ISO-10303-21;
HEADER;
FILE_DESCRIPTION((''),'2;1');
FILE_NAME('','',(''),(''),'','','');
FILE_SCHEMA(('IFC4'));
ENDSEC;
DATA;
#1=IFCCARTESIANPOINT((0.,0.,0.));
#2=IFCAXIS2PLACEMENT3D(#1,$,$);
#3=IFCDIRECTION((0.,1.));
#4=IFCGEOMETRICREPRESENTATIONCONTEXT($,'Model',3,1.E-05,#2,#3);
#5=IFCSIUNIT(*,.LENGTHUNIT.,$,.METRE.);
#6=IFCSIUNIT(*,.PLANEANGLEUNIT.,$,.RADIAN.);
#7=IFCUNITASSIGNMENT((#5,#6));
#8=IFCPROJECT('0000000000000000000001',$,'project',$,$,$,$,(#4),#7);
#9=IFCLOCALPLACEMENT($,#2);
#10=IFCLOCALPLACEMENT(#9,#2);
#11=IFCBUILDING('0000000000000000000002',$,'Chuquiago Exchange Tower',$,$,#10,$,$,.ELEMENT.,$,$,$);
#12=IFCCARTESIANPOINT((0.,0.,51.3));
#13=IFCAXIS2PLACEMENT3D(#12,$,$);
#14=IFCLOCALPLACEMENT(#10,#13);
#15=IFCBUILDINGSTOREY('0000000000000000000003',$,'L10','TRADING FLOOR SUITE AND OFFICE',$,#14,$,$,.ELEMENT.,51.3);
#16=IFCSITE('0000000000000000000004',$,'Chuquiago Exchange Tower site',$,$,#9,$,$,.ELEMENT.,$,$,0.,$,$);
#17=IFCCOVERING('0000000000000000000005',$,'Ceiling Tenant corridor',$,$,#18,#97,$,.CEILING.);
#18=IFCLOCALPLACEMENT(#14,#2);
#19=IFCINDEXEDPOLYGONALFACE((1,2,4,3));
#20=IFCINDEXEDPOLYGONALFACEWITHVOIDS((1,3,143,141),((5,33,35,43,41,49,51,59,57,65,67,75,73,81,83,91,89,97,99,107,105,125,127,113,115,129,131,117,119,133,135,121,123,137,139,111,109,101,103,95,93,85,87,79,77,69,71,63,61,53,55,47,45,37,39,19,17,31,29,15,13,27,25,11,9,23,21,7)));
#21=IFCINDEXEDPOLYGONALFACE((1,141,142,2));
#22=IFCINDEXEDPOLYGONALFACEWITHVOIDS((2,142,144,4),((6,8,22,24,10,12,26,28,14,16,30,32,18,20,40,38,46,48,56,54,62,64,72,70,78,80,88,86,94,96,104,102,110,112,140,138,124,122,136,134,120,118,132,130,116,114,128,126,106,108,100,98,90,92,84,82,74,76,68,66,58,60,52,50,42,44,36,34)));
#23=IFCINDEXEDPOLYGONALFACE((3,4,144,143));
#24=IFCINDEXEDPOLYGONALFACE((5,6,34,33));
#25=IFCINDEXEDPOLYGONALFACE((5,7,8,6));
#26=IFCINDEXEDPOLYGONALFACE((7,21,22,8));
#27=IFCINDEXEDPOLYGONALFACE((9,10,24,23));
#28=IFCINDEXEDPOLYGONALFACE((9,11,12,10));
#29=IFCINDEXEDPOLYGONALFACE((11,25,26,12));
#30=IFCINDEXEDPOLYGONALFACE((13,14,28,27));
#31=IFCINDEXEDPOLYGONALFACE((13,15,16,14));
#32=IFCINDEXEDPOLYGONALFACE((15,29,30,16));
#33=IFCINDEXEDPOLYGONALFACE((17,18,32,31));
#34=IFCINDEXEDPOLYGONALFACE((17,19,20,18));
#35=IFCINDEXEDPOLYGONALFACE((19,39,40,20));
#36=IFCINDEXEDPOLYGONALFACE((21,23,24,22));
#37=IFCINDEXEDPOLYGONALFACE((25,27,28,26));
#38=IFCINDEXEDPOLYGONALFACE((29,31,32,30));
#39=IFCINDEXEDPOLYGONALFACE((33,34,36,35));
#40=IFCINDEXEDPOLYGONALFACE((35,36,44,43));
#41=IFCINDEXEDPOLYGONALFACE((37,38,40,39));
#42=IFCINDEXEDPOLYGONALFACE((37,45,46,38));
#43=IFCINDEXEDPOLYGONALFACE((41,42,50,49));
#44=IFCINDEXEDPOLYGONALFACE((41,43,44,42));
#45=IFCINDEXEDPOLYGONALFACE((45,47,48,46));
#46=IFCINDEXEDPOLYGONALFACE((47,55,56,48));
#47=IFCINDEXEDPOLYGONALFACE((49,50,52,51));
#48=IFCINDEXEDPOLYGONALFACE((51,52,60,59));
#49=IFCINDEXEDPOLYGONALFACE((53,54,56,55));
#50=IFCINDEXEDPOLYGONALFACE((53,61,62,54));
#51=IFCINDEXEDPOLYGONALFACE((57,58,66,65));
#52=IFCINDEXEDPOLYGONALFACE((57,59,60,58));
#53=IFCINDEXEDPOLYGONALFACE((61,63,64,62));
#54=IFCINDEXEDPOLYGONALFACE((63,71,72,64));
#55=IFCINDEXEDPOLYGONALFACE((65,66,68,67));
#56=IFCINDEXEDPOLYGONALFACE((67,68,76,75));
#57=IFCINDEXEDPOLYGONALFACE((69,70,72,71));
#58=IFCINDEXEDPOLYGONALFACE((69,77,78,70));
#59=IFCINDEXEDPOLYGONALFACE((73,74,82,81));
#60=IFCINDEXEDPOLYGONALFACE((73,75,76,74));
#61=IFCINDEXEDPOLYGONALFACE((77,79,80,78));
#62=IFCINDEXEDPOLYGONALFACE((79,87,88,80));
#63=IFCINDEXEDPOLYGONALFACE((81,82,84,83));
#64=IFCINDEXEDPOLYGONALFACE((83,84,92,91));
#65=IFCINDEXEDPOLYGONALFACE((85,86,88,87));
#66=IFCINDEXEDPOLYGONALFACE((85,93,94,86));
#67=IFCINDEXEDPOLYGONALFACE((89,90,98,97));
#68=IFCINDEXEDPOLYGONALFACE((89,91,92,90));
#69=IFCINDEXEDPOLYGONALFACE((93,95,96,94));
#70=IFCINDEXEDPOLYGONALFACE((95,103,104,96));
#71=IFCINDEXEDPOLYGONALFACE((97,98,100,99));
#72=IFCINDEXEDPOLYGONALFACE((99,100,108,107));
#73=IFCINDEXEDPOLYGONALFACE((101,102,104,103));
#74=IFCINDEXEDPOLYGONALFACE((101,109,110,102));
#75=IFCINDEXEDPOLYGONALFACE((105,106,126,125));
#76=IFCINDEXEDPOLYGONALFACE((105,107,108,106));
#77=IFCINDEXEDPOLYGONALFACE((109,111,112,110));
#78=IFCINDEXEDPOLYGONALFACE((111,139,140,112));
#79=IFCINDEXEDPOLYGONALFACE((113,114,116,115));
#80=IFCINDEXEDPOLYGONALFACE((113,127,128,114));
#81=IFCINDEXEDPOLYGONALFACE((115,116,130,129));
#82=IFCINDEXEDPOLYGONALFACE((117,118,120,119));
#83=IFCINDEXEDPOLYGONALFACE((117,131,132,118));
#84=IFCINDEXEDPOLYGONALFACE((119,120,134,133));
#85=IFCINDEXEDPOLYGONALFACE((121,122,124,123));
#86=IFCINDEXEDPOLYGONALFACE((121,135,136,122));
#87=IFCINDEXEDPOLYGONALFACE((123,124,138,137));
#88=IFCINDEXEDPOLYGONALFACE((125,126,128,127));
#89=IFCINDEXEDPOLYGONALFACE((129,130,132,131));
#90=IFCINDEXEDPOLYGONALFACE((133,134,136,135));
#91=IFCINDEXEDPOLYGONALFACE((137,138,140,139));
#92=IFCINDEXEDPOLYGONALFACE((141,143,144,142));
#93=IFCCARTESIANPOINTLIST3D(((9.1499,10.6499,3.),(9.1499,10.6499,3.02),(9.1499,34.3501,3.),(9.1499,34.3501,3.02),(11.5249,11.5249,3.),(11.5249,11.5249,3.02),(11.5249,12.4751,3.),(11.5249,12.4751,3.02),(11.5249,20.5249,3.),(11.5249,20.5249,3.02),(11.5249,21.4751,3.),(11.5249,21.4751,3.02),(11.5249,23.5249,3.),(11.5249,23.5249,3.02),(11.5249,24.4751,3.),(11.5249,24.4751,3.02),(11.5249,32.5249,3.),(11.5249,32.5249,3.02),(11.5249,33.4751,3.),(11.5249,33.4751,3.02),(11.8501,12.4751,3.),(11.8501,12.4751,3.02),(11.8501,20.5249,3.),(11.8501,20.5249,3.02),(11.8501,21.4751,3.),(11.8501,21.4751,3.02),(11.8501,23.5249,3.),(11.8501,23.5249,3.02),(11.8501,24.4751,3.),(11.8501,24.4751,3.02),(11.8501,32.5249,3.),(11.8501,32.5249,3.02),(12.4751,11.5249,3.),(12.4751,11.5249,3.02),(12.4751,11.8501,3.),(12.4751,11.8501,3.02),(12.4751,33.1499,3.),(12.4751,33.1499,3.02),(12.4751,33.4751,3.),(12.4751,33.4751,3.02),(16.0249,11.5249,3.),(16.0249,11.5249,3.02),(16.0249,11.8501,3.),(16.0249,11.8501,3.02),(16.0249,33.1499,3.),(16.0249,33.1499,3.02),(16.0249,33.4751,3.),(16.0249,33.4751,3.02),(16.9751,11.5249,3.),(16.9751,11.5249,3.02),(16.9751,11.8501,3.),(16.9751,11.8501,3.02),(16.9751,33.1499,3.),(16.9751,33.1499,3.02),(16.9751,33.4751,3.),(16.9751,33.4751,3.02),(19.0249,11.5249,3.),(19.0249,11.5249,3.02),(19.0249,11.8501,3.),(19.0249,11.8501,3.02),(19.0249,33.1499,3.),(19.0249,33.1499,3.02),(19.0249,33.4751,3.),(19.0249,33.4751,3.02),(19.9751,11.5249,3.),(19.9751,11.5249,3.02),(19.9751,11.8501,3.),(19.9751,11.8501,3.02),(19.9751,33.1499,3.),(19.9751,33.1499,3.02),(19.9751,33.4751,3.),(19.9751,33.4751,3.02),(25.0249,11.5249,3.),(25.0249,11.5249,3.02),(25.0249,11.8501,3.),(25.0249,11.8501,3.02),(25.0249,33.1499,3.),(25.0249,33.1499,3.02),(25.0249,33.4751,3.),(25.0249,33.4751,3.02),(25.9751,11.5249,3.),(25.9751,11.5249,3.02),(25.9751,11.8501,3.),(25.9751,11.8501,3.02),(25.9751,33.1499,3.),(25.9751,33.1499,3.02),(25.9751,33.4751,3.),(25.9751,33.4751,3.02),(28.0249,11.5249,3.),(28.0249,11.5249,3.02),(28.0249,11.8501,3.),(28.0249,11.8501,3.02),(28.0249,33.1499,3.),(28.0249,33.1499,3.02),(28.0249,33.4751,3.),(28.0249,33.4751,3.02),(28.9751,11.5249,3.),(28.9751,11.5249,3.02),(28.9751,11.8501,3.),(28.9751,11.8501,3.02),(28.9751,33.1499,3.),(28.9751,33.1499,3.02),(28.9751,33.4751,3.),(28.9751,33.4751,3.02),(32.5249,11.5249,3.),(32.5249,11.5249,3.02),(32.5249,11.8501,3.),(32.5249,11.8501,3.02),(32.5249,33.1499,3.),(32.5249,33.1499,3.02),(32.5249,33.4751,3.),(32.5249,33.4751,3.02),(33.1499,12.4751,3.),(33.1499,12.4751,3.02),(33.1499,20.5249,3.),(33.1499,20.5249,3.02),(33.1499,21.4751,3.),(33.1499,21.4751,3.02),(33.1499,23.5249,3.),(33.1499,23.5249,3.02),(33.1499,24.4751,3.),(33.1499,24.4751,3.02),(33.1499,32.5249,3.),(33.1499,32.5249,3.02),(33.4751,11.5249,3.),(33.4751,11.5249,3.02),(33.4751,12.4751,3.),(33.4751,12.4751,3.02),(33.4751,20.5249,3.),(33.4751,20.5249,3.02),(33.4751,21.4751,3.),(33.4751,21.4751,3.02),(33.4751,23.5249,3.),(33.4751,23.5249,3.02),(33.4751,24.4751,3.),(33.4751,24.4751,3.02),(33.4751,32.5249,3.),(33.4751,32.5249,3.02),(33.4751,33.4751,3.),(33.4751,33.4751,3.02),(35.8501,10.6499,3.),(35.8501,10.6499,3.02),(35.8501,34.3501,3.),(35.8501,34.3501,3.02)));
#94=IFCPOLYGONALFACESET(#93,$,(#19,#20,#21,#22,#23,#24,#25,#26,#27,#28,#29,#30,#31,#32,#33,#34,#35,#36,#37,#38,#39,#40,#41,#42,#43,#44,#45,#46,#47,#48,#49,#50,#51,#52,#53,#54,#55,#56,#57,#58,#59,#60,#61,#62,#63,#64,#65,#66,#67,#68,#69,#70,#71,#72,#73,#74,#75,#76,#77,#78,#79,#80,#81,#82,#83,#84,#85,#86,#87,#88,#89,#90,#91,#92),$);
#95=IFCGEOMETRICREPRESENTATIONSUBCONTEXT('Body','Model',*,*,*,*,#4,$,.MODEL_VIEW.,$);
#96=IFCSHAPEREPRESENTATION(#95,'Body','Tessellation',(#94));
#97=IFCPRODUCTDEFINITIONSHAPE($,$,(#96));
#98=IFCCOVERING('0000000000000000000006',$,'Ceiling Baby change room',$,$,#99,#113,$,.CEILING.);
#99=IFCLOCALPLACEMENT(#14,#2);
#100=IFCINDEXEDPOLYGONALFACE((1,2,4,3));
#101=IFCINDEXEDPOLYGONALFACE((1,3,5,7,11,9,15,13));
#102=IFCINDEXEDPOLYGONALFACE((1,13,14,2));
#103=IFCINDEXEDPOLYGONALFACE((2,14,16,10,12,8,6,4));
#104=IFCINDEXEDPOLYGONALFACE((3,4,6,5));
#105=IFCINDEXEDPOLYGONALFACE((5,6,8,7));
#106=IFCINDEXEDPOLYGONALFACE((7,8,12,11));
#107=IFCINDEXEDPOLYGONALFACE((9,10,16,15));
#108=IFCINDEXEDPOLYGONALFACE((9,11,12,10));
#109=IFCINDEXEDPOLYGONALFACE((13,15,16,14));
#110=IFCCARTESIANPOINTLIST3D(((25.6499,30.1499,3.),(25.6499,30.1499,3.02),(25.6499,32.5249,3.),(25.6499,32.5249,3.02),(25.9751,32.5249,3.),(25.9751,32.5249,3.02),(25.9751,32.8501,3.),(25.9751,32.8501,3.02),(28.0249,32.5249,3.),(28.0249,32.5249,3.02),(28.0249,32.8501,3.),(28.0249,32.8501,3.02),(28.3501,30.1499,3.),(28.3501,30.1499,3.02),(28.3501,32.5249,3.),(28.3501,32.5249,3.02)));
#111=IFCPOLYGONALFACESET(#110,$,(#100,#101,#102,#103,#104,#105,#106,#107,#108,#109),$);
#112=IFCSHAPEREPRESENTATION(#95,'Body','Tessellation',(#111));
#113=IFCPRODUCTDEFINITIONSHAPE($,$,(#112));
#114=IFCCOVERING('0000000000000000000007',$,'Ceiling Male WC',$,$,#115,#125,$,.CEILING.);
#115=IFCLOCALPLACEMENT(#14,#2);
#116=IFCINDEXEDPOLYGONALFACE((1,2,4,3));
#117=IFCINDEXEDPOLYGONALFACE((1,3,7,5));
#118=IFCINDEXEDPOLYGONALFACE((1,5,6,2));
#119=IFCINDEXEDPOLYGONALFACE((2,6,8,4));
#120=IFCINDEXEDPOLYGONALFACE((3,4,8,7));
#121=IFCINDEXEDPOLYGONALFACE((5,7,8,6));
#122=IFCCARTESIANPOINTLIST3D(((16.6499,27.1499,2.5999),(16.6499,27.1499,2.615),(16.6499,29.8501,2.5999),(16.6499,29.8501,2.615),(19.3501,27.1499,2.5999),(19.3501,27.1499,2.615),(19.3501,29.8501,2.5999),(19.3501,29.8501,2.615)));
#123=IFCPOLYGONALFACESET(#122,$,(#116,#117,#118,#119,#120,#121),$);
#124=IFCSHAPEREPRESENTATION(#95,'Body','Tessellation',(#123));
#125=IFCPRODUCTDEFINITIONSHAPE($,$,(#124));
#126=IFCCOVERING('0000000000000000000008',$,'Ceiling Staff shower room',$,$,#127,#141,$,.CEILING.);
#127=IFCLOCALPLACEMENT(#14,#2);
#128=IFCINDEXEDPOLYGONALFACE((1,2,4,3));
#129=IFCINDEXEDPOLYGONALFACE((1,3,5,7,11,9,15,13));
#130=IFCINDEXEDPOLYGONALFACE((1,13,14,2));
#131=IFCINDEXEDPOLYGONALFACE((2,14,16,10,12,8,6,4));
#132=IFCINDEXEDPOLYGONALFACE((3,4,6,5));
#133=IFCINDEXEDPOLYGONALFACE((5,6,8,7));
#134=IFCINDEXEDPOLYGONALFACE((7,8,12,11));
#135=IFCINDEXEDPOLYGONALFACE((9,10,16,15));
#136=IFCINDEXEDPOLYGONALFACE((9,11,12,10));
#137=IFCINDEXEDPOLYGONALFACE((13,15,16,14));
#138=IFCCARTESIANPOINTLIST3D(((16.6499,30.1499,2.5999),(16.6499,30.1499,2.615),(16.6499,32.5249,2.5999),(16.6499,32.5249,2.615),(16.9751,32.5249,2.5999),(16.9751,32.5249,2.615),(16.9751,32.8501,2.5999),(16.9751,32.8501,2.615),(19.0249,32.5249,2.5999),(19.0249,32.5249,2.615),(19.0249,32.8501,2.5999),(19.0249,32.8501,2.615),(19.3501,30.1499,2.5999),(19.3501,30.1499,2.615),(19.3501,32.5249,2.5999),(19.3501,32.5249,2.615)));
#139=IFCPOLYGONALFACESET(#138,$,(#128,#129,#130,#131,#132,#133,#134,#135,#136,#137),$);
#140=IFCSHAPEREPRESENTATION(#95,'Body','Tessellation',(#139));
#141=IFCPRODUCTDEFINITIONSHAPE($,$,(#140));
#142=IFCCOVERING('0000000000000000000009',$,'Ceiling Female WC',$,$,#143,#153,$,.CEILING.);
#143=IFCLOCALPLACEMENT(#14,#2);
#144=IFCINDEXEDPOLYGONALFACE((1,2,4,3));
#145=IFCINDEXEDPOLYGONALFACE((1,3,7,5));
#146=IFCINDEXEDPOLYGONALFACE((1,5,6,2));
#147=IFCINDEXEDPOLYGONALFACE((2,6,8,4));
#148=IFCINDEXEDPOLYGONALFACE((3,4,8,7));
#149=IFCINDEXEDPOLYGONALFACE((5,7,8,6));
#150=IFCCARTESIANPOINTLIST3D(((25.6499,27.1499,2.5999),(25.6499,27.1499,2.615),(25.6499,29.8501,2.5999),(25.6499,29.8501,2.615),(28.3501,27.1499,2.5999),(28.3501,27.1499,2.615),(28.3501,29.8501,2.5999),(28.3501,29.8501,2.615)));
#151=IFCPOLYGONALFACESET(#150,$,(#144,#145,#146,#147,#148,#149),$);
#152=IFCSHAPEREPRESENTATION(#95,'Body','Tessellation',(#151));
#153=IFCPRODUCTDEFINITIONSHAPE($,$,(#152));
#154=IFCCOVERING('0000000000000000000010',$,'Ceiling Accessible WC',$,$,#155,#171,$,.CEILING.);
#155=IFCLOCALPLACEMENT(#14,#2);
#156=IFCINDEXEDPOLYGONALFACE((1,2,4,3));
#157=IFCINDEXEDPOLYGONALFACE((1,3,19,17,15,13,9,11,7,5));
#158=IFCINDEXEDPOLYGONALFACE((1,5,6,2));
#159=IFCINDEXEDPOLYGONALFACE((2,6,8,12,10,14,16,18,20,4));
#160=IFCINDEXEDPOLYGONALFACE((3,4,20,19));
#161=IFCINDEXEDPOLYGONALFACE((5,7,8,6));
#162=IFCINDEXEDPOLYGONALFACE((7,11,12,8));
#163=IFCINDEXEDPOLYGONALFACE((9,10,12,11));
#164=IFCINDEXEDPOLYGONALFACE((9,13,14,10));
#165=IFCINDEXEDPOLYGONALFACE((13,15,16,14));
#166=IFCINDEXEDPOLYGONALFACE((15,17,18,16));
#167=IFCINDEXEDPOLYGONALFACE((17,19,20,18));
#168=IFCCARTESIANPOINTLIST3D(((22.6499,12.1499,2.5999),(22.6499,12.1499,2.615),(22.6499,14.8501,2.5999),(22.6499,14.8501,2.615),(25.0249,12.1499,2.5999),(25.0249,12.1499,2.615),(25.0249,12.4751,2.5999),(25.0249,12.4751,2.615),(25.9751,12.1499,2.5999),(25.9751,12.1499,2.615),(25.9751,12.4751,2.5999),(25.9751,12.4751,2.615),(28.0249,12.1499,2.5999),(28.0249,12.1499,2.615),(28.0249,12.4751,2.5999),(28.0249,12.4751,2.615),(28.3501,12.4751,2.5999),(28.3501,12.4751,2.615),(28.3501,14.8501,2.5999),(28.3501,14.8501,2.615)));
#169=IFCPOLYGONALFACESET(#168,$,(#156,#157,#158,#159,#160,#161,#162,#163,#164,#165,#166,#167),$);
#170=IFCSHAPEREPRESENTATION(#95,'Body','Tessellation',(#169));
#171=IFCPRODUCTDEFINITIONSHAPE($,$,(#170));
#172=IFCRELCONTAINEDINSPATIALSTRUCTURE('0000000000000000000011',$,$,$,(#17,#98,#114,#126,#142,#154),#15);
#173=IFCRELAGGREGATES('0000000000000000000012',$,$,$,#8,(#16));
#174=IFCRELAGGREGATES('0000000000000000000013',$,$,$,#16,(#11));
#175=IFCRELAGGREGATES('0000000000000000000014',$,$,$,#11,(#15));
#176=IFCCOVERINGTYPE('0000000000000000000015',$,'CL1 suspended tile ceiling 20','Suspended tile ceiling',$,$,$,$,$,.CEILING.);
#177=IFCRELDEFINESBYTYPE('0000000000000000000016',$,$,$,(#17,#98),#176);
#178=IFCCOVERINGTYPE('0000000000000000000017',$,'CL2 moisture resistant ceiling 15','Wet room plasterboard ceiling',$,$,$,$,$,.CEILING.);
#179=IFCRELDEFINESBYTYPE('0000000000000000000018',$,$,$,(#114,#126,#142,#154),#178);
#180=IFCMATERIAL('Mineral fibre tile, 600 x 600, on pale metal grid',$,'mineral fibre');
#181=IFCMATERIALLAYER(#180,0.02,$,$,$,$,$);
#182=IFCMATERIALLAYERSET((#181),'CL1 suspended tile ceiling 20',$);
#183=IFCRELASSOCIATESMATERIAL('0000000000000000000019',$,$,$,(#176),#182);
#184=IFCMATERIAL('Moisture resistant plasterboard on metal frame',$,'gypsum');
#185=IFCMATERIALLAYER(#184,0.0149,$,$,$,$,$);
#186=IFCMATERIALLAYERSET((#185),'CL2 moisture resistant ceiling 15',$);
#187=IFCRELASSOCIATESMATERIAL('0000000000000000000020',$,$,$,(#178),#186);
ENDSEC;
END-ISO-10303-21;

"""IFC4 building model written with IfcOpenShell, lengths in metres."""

from ifc_helpers import new_model, si_unit, direction, frame, origin, place, context, subcontext, project, spatial, polyline, outline, extrude, material, layer, layer_set, type_object, element, save


model = new_model("IFC4")

# Units and contexts
model_context = context("Model", 3, precision=1e-05, world=origin(), true_north=direction((0.0, 1.0)))
body_context = subcontext(model_context, "Body", "Model", "MODEL_VIEW")
ifc_project = project(units=[si_unit("LENGTHUNIT", "METRE"), si_unit("PLANEANGLEUNIT", "RADIAN")], contexts=[model_context])

# Site, building, storey
site_placement = place(None, origin())
site = spatial("IfcSite", under=ifc_project, at=site_placement, Name="Chuquiago Exchange Tower site", CompositionType="ELEMENT", RefElevation=0.0)
building_placement = place(site_placement, origin())
building = spatial("IfcBuilding", under=site, at=building_placement, Name="Chuquiago Exchange Tower", CompositionType="ELEMENT")
storey_placement = place(building_placement, frame((0.0, 0.0, 51.3)))
storey = spatial("IfcBuildingStorey", under=building, at=storey_placement, Name="L10", Description="TRADING FLOOR SUITE AND OFFICE", CompositionType="ELEMENT", Elevation=51.3)

# Coverings
ifc_material_1 = material(Name="Mineral fibre tile, 600 x 600, on pale metal grid", Category="mineral fibre")
ifc_layer_1 = layer(ifc_material_1, 0.02)
ifc_layer_set_1 = layer_set([ifc_layer_1], Name="CL1 suspended tile ceiling 20")
covering_type_1 = type_object("IfcCoveringType", Name="CL1 suspended tile ceiling 20", Description="Suspended tile ceiling", PredefinedType="CEILING", material=ifc_layer_set_1)
covering_1_placement = place(storey_placement, frame((0.0, 0.0, 3.0)))
element("IfcCovering", 1, at=covering_1_placement, inside=storey, type_object=covering_type_1, Name="Ceiling Tenant corridor", PredefinedType="CEILING", context=body_context, shape_type="SweptSolid", body=[
    extrude(outline(polyline([(9.1499, 34.3501), (35.8501, 34.3501), (35.8501, 10.6499), (9.1499, 10.6499), (9.1499, 34.3501)]), holes=[polyline([(11.8501, 24.4751), (11.5249, 24.4751), (11.5249, 23.5249), (11.8501, 23.5249), (11.8501, 21.4751), (11.5249, 21.4751), (11.5249, 20.5249), (11.8501, 20.5249), (11.8501, 12.4751), (11.5249, 12.4751), (11.5249, 11.5249), (12.4751, 11.5249), (12.4751, 11.8501), (16.0249, 11.8501), (16.0249, 11.5249), (16.9751, 11.5249), (16.9751, 11.8501), (19.0249, 11.8501), (19.0249, 11.5249), (19.9751, 11.5249), (19.9751, 11.8501), (25.0249, 11.8501), (25.0249, 11.5249), (25.9751, 11.5249), (25.9751, 11.8501), (28.0249, 11.8501), (28.0249, 11.5249), (28.9751, 11.5249), (28.9751, 11.8501), (32.5249, 11.8501), (32.5249, 11.5249), (33.4751, 11.5249), (33.4751, 12.4751), (33.1499, 12.4751), (33.1499, 20.5249), (33.4751, 20.5249), (33.4751, 21.4751), (33.1499, 21.4751), (33.1499, 23.5249), (33.4751, 23.5249), (33.4751, 24.4751), (33.1499, 24.4751), (33.1499, 32.5249), (33.4751, 32.5249), (33.4751, 33.4751), (32.5249, 33.4751), (32.5249, 33.1499), (28.9751, 33.1499), (28.9751, 33.4751), (28.0249, 33.4751), (28.0249, 33.1499), (25.9751, 33.1499), (25.9751, 33.4751), (25.0249, 33.4751), (25.0249, 33.1499), (19.9751, 33.1499), (19.9751, 33.4751), (19.0249, 33.4751), (19.0249, 33.1499), (16.9751, 33.1499), (16.9751, 33.4751), (16.0249, 33.4751), (16.0249, 33.1499), (12.4751, 33.1499), (12.4751, 33.4751), (11.5249, 33.4751), (11.5249, 32.5249), (11.8501, 32.5249), (11.8501, 24.4751)])]), origin(), (0.0, 0.0, 1.0), 0.02),
])
covering_2_placement = place(storey_placement, frame((0.0, 0.0, 3.0)))
element("IfcCovering", 2, at=covering_2_placement, inside=storey, type_object=covering_type_1, Name="Ceiling Baby change room", PredefinedType="CEILING", context=body_context, shape_type="SweptSolid", body=[
    extrude(outline(polyline([(25.6499, 30.1499), (25.6499, 32.5249), (25.9751, 32.5249), (25.9751, 32.8501), (28.0249, 32.8501), (28.0249, 32.5249), (28.3501, 32.5249), (28.3501, 30.1499), (25.6499, 30.1499)])), origin(), (0.0, 0.0, 1.0), 0.02),
])
ifc_material_2 = material(Name="Moisture resistant plasterboard on metal frame", Category="gypsum")
ifc_layer_2 = layer(ifc_material_2, 0.0149)
ifc_layer_set_2 = layer_set([ifc_layer_2], Name="CL2 moisture resistant ceiling 15")
covering_type_2 = type_object("IfcCoveringType", Name="CL2 moisture resistant ceiling 15", Description="Wet room plasterboard ceiling", PredefinedType="CEILING", material=ifc_layer_set_2)
covering_3_placement = place(storey_placement, frame((0.0, 0.0, 2.5999)))
element("IfcCovering", 3, at=covering_3_placement, inside=storey, type_object=covering_type_2, Name="Ceiling Male WC", PredefinedType="CEILING", context=body_context, shape_type="SweptSolid", body=[
    extrude(outline(polyline([(16.6499, 27.1499), (16.6499, 29.8501), (19.3501, 29.8501), (19.3501, 27.1499), (16.6499, 27.1499)])), origin(), (0.0, 0.0, 1.0), 0.0151),
])
covering_4_placement = place(storey_placement, frame((0.0, 0.0, 2.5999)))
element("IfcCovering", 4, at=covering_4_placement, inside=storey, type_object=covering_type_2, Name="Ceiling Staff shower room", PredefinedType="CEILING", context=body_context, shape_type="SweptSolid", body=[
    extrude(outline(polyline([(16.6499, 30.1499), (16.6499, 32.5249), (16.9751, 32.5249), (16.9751, 32.8501), (19.0249, 32.8501), (19.0249, 32.5249), (19.3501, 32.5249), (19.3501, 30.1499), (16.6499, 30.1499)])), origin(), (0.0, 0.0, 1.0), 0.0151),
])
covering_5_placement = place(storey_placement, frame((0.0, 0.0, 2.5999)))
element("IfcCovering", 5, at=covering_5_placement, inside=storey, type_object=covering_type_2, Name="Ceiling Female WC", PredefinedType="CEILING", context=body_context, shape_type="SweptSolid", body=[
    extrude(outline(polyline([(25.6499, 27.1499), (25.6499, 29.8501), (28.3501, 29.8501), (28.3501, 27.1499), (25.6499, 27.1499)])), origin(), (0.0, 0.0, 1.0), 0.0151),
])
covering_6_placement = place(storey_placement, frame((0.0, 0.0, 2.5999)))
element("IfcCovering", 6, at=covering_6_placement, inside=storey, type_object=covering_type_2, Name="Ceiling Accessible WC", PredefinedType="CEILING", context=body_context, shape_type="SweptSolid", body=[
    extrude(outline(polyline([(25.9751, 12.1499), (25.9751, 12.4751), (25.0249, 12.4751), (25.0249, 12.1499), (22.6499, 12.1499), (22.6499, 14.8501), (28.3501, 14.8501), (28.3501, 12.4751), (28.0249, 12.4751), (28.0249, 12.1499), (25.9751, 12.1499)])), origin(), (0.0, 0.0, 1.0), 0.0151),
])

save(model, "model.ifc")
